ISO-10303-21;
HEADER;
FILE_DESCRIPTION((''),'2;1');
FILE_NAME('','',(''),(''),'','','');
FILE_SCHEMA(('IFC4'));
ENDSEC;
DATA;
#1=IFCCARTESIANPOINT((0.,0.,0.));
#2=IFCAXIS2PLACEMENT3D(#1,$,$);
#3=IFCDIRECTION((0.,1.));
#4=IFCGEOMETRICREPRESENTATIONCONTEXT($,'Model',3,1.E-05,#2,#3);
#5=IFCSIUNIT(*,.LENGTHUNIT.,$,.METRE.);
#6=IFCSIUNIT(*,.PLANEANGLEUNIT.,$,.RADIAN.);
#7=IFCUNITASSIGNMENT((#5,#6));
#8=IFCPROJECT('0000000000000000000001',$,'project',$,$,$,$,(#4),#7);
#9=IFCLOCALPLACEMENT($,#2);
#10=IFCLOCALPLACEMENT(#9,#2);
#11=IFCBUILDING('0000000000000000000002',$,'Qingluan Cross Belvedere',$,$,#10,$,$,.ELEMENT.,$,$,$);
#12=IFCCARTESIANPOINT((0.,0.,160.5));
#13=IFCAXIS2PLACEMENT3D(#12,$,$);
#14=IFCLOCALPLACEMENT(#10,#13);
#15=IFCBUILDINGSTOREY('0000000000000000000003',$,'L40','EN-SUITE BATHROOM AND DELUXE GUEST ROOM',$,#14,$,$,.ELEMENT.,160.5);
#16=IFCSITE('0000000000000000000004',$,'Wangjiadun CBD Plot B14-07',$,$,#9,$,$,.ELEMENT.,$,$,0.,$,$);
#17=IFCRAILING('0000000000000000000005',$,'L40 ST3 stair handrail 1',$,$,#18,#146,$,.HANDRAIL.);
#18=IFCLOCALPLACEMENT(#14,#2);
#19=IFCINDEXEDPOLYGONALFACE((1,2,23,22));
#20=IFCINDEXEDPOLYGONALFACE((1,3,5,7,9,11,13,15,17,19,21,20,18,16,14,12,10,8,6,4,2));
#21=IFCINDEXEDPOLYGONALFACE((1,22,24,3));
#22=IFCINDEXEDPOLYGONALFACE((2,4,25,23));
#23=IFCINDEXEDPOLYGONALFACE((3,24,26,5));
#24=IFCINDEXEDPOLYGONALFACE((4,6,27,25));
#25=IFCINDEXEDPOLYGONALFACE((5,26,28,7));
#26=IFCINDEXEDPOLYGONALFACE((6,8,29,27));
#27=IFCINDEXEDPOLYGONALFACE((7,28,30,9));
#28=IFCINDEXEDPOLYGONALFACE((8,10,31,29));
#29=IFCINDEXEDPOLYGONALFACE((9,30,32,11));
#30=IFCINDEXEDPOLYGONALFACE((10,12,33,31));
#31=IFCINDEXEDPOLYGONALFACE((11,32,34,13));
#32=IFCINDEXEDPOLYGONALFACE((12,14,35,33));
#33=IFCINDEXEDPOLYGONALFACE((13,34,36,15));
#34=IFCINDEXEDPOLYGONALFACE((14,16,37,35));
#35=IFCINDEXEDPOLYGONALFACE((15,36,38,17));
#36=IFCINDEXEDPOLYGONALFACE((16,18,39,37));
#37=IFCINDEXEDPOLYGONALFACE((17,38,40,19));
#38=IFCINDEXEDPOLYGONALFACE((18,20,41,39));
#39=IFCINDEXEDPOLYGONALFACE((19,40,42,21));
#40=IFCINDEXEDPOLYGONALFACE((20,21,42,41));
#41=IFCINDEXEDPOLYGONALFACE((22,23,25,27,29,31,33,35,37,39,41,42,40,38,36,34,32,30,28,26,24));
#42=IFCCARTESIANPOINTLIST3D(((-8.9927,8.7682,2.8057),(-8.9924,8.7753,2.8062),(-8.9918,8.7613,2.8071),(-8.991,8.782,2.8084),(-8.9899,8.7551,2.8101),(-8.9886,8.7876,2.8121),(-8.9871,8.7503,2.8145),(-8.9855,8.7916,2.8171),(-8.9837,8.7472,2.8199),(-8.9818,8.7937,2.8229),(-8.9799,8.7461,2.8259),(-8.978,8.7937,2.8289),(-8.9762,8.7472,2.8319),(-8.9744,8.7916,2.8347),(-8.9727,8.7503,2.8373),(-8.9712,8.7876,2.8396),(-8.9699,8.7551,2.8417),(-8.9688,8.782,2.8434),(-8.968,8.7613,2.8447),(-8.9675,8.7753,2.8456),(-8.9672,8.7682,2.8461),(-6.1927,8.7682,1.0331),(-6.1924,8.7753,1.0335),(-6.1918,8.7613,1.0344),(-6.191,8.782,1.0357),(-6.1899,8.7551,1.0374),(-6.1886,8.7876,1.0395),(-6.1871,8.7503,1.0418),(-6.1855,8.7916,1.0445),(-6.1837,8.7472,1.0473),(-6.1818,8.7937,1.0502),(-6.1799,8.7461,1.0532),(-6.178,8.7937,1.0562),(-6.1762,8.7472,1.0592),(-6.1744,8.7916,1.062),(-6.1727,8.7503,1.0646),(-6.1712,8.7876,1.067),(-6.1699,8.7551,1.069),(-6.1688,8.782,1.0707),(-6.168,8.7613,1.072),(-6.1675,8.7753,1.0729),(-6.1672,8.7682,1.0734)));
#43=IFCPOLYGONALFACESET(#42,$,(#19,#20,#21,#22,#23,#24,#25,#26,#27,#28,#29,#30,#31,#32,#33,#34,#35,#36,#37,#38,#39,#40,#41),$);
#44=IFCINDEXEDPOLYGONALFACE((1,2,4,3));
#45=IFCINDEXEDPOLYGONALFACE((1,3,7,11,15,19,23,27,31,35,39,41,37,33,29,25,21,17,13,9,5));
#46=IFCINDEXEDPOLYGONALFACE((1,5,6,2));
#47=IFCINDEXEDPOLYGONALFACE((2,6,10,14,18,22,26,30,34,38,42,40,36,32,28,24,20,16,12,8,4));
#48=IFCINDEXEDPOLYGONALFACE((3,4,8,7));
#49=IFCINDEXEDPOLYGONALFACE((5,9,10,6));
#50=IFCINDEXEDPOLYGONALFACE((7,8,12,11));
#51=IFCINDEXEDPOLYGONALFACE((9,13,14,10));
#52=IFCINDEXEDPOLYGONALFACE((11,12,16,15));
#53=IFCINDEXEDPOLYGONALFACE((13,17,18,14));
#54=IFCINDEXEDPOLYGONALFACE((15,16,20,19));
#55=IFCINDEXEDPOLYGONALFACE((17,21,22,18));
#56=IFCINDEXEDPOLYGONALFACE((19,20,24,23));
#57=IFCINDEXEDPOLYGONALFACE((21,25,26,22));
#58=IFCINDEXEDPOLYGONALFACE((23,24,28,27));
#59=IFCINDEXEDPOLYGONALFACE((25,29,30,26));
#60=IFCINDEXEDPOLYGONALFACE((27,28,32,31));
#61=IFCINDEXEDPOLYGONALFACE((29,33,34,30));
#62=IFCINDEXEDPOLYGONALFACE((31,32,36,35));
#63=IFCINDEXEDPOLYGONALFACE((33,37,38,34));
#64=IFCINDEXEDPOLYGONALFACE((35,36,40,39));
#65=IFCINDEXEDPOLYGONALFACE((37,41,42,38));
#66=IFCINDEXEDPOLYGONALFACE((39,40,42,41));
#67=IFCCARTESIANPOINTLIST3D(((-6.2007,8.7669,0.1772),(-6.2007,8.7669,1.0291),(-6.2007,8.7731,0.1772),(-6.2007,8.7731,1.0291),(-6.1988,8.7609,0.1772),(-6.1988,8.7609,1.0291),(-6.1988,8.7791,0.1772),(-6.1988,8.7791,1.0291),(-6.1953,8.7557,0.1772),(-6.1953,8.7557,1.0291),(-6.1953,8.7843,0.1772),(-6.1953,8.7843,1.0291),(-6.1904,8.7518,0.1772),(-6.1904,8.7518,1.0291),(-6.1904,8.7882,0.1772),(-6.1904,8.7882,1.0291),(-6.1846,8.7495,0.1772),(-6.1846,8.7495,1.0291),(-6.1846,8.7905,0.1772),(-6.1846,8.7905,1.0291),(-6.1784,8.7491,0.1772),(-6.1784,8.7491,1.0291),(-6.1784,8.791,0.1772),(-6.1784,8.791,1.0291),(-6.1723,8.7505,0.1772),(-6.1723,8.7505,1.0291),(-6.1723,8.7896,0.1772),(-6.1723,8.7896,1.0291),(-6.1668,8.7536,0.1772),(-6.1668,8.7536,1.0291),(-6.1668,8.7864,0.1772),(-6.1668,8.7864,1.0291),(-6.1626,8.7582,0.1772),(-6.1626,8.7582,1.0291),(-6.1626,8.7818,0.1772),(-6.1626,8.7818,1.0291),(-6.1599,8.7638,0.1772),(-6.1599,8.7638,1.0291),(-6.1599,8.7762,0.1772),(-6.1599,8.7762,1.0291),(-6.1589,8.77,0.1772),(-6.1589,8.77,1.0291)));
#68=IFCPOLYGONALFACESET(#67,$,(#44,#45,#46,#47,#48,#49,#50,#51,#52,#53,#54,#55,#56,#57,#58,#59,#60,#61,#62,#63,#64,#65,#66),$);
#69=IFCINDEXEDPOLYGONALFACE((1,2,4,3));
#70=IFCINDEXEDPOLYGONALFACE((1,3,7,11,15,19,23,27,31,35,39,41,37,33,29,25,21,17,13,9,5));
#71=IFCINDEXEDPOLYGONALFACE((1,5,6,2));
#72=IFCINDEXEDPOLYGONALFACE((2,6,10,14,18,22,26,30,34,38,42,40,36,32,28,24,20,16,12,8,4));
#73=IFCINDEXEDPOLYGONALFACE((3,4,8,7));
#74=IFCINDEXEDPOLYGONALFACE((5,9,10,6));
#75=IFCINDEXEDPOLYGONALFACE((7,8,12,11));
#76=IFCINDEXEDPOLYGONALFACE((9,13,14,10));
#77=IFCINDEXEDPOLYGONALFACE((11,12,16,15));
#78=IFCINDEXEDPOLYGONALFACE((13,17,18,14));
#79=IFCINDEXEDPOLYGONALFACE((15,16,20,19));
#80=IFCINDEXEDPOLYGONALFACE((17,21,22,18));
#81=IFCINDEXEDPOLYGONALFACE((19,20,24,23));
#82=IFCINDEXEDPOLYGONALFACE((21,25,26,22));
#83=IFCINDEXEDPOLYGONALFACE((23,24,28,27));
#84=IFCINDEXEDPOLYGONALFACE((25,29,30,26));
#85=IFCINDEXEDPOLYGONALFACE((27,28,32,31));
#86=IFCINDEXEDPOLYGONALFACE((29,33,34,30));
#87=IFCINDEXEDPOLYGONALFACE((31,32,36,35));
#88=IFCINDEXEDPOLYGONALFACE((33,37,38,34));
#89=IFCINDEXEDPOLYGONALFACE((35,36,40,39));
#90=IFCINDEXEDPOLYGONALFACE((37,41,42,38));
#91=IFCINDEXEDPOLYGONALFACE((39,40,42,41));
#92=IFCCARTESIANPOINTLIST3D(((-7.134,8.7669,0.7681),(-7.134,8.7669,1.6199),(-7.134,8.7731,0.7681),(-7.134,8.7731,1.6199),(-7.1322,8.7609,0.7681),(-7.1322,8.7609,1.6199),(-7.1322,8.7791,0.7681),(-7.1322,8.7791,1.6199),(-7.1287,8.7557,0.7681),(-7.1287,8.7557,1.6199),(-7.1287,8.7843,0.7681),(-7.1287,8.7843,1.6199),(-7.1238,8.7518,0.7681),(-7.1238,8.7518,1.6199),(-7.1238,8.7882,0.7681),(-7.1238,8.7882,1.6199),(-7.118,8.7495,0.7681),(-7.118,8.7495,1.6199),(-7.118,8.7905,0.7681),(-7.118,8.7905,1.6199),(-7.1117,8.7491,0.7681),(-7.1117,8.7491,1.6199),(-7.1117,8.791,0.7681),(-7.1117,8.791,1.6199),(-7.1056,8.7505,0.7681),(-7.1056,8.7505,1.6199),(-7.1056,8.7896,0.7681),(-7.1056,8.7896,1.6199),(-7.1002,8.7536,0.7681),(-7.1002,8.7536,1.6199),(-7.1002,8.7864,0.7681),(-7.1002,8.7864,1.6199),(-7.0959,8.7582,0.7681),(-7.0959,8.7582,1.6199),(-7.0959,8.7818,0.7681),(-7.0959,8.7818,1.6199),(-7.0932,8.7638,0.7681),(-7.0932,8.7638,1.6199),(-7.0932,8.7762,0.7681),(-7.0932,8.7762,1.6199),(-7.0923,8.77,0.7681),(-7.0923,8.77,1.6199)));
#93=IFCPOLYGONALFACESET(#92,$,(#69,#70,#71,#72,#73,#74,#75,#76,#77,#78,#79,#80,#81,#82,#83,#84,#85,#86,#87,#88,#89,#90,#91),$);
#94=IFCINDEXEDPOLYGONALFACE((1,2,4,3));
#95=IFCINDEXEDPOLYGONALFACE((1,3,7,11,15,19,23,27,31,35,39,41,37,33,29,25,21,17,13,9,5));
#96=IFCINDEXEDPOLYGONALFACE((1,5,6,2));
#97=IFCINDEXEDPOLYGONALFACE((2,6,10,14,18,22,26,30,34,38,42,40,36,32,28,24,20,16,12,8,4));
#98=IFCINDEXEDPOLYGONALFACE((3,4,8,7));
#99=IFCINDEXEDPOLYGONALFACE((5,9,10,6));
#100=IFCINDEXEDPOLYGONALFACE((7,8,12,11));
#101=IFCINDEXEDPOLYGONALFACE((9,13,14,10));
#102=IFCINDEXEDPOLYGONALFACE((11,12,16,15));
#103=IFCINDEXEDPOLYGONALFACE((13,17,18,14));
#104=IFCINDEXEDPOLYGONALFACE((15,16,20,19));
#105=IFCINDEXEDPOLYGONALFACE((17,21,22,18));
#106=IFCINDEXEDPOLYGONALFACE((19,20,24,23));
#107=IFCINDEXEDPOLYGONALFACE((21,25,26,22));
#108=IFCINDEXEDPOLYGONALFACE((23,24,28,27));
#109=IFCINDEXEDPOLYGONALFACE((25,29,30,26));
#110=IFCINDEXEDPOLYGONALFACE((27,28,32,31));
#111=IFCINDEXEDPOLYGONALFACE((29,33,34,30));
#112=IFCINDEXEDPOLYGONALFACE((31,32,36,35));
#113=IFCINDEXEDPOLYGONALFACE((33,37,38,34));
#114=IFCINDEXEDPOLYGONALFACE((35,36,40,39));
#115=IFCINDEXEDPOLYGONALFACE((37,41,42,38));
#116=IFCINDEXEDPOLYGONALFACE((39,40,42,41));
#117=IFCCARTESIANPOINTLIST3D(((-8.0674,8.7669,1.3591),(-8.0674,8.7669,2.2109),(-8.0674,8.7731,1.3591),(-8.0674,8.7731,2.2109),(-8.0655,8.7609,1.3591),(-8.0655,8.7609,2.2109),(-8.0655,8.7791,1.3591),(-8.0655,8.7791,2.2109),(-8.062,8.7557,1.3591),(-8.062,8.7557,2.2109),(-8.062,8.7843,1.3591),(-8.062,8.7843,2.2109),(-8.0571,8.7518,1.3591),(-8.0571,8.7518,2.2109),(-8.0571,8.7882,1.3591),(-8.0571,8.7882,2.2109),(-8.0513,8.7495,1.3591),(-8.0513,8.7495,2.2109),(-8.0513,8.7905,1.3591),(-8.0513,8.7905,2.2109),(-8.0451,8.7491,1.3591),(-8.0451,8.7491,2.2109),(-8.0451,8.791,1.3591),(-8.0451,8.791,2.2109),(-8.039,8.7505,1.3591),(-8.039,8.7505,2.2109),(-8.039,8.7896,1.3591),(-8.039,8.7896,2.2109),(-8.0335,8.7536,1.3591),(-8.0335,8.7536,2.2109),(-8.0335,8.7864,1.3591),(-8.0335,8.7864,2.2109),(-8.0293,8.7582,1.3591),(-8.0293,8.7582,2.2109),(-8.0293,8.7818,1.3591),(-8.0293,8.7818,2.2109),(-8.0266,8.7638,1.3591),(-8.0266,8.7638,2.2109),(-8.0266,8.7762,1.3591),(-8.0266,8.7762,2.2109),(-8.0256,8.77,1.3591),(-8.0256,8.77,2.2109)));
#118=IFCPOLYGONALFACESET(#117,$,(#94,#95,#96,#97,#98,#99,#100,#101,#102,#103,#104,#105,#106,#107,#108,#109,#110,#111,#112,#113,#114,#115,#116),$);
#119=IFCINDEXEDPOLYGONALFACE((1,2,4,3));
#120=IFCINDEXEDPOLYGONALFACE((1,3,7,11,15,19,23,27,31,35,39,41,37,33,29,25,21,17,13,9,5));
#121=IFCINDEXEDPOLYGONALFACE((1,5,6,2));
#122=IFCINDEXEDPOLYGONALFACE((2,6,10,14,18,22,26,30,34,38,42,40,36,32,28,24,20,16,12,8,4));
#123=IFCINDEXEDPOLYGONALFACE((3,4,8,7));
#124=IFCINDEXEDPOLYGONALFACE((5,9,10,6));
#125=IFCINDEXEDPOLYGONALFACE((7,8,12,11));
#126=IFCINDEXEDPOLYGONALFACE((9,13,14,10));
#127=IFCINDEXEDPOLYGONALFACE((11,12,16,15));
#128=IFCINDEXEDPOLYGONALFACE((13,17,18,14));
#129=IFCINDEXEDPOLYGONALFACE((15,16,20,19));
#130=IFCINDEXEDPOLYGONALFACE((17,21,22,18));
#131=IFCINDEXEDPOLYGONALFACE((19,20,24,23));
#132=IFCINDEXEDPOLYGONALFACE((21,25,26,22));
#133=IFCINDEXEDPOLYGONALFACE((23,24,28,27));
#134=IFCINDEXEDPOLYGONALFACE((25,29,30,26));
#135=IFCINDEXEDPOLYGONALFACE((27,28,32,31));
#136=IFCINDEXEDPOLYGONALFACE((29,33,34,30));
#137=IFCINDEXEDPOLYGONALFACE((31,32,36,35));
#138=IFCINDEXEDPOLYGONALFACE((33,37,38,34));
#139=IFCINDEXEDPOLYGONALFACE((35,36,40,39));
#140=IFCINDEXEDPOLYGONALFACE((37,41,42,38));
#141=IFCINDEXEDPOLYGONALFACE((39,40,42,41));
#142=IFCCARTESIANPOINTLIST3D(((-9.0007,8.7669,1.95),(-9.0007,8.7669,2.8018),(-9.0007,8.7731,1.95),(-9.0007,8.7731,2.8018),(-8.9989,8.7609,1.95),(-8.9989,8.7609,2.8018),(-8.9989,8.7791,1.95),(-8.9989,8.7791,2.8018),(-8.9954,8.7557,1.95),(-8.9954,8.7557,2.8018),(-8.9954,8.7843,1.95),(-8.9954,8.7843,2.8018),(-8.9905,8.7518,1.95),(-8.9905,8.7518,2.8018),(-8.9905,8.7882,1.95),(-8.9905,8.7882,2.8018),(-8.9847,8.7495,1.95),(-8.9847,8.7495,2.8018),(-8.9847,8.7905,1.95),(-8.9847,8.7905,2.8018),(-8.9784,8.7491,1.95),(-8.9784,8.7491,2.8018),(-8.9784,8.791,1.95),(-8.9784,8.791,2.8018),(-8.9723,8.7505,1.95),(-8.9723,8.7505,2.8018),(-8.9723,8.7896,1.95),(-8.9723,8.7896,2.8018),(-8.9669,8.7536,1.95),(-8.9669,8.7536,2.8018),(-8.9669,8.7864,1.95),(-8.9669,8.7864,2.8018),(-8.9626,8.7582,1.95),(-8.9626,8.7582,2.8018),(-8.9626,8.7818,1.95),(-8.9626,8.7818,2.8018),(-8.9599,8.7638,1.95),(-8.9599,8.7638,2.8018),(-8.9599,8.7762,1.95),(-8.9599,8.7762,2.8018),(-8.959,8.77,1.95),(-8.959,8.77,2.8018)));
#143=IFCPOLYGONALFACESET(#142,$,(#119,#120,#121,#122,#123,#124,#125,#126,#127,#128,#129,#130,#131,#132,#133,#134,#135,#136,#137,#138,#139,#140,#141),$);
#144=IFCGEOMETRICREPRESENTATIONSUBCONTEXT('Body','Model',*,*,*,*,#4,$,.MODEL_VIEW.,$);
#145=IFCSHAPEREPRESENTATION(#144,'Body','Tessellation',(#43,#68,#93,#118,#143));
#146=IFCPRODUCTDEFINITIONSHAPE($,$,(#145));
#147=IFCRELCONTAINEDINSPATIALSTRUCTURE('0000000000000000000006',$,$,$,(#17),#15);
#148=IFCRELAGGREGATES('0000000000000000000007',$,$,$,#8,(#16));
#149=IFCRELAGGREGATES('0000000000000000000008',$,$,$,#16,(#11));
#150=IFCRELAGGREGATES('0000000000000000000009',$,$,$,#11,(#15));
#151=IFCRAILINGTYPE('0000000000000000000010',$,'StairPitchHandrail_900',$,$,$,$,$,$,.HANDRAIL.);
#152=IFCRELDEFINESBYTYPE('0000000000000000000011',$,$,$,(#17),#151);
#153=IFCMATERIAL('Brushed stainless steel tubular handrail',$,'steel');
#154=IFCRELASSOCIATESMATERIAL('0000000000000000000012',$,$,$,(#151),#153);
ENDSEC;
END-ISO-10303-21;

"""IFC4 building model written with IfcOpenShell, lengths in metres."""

from ifc_helpers import new_model, si_unit, direction, frame, origin, origin_2d, place, context, subcontext, project, spatial, circle, extrude, material, type_object, element, save


model = new_model("IFC4")

# Units and contexts
model_context = context("Model", 3, precision=1e-05, world=origin(), true_north=direction((0.0, 1.0)))
body_context = subcontext(model_context, "Body", "Model", "MODEL_VIEW")
ifc_project = project(units=[si_unit("LENGTHUNIT", "METRE"), si_unit("PLANEANGLEUNIT", "RADIAN")], contexts=[model_context])

# Site, building, storey
site_placement = place(None, origin())
site = spatial("IfcSite", under=ifc_project, at=site_placement, Name="Wangjiadun CBD Plot B14-07", CompositionType="ELEMENT", RefElevation=0.0)
building_placement = place(site_placement, origin())
building = spatial("IfcBuilding", under=site, at=building_placement, Name="Qingluan Cross Belvedere", CompositionType="ELEMENT")
storey_placement = place(building_placement, frame((0.0, 0.0, 160.5)))
storey = spatial("IfcBuildingStorey", under=building, at=storey_placement, Name="L40", Description="EN-SUITE BATHROOM AND DELUXE GUEST ROOM", CompositionType="ELEMENT", Elevation=160.5)

# Railing
ifc_material_1 = material(Name="Brushed stainless steel tubular handrail", Category="steel")
railing_type = type_object("IfcRailingType", Name="StairPitchHandrail_900", PredefinedType="HANDRAIL", material=ifc_material_1)
railing_placement = place(storey_placement, frame((-6.1799, 8.77, 0.1772)))
element("IfcRailing", 1, at=railing_placement, inside=storey, type_object=railing_type, Name="L40 ST3 stair handrail 1", PredefinedType="HANDRAIL", context=body_context, shape_type="SweptSolid", body=[
    extrude(circle(Radius=0.0239, at=origin_2d()), frame((0.0, 0.0, 0.876), z_axis=(-0.844909, 0.0, 0.53491), x_axis=(0.0, -1.0, 0.0)), (0.0, 0.0, 1.0), 3.314),
    extrude(circle(Radius=0.021, at=origin_2d()), origin(), (0.0, 0.0, 1.0), 0.8518),
    extrude(circle(Radius=0.021, at=origin_2d()), frame((-0.9333, 0.0, 0.5908)), (0.0, 0.0, 1.0), 0.8518),
    extrude(circle(Radius=0.021, at=origin_2d()), frame((-1.8667, 0.0, 1.1819)), (0.0, 0.0, 1.0), 0.8518),
    extrude(circle(Radius=0.021, at=origin_2d()), frame((-2.8, 0.0, 1.7727)), (0.0, 0.0, 1.0), 0.8518),
])

save(model, "model.ifc")
